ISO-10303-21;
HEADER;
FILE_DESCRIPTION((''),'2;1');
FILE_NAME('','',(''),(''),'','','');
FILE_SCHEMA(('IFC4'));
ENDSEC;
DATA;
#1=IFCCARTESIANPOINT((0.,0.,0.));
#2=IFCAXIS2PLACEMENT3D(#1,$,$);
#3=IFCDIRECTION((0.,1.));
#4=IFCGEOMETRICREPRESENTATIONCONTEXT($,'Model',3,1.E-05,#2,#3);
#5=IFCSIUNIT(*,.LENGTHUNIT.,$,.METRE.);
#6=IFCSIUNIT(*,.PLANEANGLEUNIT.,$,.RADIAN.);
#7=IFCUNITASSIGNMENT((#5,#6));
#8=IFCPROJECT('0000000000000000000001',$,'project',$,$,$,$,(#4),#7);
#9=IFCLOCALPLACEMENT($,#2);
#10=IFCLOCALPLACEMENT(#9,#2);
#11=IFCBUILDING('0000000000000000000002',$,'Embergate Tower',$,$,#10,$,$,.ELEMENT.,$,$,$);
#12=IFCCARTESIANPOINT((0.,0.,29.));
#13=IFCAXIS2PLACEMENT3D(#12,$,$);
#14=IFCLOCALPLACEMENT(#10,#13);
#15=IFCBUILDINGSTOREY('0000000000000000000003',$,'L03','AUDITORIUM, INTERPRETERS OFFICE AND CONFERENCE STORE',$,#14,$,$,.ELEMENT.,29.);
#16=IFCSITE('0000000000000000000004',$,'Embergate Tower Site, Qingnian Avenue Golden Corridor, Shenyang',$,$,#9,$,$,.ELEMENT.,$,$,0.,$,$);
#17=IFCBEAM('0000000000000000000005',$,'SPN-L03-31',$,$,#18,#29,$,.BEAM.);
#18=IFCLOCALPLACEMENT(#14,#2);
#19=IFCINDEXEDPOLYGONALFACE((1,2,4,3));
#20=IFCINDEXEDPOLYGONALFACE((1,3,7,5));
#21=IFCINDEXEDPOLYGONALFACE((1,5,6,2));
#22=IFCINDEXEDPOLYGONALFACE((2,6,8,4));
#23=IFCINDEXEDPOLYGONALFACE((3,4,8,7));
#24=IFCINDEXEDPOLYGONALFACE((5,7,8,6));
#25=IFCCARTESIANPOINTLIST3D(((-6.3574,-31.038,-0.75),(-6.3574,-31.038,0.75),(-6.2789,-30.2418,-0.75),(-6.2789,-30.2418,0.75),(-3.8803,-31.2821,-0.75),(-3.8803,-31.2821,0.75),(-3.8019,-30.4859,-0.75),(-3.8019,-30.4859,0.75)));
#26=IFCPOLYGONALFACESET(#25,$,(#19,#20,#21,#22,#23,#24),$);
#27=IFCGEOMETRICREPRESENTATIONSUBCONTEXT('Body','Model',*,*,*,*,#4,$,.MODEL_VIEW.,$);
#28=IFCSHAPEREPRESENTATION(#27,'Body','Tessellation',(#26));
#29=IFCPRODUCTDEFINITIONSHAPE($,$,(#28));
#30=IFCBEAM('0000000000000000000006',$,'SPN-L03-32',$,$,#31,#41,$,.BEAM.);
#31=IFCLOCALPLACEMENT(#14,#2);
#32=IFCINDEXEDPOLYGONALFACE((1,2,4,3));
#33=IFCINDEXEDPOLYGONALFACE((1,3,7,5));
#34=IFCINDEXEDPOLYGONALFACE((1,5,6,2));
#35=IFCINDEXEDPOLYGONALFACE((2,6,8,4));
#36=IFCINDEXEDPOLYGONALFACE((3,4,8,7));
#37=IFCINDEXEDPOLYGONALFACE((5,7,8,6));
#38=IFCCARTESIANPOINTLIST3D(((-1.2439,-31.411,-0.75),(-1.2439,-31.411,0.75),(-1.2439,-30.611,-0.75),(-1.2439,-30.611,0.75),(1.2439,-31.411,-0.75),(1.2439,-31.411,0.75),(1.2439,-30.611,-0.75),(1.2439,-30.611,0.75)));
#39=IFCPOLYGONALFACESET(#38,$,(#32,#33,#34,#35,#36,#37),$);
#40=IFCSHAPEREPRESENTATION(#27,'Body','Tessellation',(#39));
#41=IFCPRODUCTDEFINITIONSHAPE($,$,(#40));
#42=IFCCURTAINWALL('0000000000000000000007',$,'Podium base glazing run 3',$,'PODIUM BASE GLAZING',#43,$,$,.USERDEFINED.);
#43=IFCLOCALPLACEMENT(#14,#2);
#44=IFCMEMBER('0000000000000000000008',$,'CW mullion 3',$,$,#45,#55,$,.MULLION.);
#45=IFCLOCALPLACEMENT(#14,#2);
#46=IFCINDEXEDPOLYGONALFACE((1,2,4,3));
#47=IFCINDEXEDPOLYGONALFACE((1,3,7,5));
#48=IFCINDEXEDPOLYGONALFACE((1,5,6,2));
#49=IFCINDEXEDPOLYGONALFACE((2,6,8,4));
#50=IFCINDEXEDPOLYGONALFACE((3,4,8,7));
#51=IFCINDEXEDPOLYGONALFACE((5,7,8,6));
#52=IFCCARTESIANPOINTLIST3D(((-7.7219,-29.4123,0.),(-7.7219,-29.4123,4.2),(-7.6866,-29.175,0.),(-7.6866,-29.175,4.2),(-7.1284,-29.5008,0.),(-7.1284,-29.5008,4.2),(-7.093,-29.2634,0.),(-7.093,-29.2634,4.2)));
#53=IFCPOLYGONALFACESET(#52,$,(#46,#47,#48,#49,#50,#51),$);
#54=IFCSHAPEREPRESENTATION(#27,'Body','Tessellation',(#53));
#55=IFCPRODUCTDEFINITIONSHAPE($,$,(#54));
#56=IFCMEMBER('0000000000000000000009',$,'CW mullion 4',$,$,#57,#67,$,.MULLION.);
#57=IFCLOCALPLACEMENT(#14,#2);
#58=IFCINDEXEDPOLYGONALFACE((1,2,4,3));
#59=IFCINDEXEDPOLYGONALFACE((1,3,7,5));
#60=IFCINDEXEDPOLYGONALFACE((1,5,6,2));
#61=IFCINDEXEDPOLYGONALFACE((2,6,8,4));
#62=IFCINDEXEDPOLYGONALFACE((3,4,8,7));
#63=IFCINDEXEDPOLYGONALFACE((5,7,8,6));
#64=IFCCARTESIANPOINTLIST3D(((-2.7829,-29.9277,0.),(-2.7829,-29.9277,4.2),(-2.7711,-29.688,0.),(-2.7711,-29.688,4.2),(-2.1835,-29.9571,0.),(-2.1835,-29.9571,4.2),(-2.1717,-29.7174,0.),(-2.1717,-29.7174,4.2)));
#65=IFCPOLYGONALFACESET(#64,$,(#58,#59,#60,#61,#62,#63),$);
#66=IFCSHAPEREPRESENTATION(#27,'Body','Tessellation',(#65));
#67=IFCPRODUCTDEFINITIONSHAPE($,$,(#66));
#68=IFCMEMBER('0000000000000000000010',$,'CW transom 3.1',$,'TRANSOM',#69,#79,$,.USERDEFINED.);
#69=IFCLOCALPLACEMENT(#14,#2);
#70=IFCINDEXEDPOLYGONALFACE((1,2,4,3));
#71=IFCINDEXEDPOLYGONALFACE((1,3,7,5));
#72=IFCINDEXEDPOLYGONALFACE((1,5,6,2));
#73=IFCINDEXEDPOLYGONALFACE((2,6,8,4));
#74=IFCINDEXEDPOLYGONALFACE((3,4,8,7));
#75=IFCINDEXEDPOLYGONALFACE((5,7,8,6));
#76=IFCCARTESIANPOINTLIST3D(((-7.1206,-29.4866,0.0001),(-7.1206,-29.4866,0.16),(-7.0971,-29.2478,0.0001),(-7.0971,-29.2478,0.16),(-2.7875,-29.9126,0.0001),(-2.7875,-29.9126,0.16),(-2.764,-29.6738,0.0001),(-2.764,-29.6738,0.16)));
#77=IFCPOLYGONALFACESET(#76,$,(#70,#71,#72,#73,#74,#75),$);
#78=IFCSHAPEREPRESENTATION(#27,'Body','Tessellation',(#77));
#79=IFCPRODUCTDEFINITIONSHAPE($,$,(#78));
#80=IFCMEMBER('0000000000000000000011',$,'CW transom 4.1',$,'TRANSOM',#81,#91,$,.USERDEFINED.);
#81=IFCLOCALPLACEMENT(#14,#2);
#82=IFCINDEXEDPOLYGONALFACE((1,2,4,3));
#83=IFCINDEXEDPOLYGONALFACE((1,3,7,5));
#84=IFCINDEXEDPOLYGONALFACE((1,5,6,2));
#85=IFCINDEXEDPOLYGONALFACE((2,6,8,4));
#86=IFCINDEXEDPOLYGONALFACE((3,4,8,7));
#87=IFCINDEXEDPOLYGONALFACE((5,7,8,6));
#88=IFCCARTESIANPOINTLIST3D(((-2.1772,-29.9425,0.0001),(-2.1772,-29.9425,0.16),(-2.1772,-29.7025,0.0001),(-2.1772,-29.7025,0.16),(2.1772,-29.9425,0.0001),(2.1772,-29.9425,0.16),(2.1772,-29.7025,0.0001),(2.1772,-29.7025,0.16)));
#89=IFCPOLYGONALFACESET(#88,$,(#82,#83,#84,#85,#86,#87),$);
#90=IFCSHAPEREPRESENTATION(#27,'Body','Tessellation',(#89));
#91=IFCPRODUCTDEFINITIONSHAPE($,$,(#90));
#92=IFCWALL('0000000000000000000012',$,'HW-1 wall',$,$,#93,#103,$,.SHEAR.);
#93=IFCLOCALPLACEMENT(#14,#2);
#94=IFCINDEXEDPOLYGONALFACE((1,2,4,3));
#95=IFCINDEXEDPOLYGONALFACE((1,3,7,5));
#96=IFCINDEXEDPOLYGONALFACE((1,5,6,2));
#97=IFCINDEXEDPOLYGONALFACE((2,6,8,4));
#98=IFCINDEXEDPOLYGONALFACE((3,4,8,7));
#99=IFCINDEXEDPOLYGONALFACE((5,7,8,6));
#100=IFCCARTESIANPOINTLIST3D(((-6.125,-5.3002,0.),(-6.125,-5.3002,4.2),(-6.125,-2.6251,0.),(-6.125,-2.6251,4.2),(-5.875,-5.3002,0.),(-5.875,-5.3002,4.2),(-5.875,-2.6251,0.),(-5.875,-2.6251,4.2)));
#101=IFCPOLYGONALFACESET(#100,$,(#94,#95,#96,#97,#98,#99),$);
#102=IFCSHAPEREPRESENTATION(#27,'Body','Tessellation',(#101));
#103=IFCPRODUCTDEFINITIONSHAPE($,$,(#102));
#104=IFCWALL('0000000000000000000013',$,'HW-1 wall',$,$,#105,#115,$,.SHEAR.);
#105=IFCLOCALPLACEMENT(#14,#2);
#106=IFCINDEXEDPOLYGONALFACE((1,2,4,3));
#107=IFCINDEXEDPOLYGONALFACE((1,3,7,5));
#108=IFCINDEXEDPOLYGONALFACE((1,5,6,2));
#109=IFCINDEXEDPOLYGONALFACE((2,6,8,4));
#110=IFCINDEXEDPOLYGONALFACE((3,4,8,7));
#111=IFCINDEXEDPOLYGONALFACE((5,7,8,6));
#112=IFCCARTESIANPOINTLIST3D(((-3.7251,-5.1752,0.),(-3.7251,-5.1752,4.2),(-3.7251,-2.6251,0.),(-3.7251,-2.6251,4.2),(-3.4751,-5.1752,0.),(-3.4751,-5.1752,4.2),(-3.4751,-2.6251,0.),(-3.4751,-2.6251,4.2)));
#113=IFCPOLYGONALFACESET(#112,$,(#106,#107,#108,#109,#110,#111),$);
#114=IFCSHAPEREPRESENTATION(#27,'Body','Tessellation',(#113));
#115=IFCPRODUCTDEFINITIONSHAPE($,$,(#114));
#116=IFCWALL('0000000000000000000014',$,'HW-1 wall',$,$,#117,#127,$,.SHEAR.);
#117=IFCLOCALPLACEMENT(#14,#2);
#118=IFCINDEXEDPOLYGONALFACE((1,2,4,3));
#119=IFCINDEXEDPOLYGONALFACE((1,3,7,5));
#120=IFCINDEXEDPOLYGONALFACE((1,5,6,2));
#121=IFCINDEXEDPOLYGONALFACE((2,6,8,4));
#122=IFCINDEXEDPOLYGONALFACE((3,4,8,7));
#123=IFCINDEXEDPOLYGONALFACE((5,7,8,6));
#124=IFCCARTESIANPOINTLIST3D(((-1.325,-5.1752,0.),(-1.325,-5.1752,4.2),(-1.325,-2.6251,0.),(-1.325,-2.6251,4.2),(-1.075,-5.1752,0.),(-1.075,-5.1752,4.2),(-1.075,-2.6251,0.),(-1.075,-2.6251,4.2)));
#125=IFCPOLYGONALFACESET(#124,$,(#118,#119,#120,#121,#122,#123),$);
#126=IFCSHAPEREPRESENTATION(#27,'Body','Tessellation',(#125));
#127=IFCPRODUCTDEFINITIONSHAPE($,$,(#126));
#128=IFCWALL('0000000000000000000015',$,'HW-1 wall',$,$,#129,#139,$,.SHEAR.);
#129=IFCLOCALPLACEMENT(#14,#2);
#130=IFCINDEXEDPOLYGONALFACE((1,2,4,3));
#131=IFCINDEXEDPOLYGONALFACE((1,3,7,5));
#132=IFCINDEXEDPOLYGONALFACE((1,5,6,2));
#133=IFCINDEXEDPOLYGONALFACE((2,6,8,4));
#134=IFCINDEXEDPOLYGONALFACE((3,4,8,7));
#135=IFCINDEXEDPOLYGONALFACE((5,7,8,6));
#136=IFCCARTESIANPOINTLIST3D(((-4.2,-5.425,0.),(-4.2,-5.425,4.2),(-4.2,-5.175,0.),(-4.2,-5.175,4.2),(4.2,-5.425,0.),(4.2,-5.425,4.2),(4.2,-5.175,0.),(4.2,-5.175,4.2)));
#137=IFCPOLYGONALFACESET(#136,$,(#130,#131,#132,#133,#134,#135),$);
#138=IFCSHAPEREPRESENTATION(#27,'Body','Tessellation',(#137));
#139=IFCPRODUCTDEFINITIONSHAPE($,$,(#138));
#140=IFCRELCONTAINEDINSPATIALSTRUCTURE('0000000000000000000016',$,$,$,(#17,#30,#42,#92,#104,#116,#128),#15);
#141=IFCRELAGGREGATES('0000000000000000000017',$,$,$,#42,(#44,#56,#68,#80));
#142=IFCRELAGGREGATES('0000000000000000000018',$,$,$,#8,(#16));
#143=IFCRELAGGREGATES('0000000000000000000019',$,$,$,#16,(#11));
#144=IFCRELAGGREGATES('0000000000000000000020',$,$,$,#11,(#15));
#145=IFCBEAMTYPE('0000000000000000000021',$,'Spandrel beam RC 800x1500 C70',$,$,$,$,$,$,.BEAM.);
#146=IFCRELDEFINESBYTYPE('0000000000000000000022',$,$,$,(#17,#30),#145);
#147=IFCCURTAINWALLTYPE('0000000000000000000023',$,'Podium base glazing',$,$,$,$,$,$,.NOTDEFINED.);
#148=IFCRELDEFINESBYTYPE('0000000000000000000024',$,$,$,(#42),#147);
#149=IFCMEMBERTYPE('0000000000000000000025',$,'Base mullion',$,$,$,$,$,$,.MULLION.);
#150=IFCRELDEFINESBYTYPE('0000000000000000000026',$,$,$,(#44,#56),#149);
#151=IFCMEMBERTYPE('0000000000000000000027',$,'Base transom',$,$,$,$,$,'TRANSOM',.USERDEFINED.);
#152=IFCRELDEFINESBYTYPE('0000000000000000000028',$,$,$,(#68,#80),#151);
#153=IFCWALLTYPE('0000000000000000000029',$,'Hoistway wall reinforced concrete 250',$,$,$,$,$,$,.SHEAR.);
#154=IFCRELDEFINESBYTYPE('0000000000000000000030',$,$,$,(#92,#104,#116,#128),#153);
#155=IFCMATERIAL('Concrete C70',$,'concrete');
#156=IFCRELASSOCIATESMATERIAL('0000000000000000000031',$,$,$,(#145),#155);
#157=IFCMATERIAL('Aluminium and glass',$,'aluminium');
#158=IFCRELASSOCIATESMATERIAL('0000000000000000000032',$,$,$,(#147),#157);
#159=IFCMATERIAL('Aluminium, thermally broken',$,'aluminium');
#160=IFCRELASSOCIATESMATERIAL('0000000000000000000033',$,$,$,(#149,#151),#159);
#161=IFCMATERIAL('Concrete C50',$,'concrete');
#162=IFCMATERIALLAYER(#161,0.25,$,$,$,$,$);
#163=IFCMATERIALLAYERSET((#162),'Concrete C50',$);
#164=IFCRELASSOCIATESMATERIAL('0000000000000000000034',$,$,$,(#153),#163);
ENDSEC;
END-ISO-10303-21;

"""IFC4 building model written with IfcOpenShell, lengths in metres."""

from ifc_helpers import new_model, si_unit, direction, frame, frame_2d, origin, origin_2d, place, context, subcontext, project, spatial, rectangle, extrude, source, transform, mapped, material, layer, layer_set, material_profile, profile_set, type_object, element, aggregate, save


model = new_model("IFC4")

# Units and contexts
model_context = context("Model", 3, precision=1e-05, world=origin(), true_north=direction((0.0, 1.0)))
body_context = subcontext(model_context, "Body", "Model", "MODEL_VIEW")
ifc_project = project(units=[si_unit("LENGTHUNIT", "METRE"), si_unit("PLANEANGLEUNIT", "RADIAN")], contexts=[model_context])

# Site, building, storey
site_placement = place(None, origin())
site = spatial("IfcSite", under=ifc_project, at=site_placement, Name="Embergate Tower Site, Qingnian Avenue Golden Corridor, Shenyang", CompositionType="ELEMENT", RefElevation=0.0)
building_placement = place(site_placement, origin())
building = spatial("IfcBuilding", under=site, at=building_placement, Name="Embergate Tower", CompositionType="ELEMENT")
storey_placement = place(building_placement, frame((0.0, 0.0, 29.0)))
storey = spatial("IfcBuildingStorey", under=building, at=storey_placement, Name="L03", Description="AUDITORIUM, INTERPRETERS OFFICE AND CONFERENCE STORE", CompositionType="ELEMENT", Elevation=29.0)

# Beams
ifc_material_1 = material(Name="Concrete C70", Category="concrete")
ifc_material_profile_1 = material_profile(ifc_material_1, rectangle(XDim=0.8, YDim=1.5, at=origin_2d()), Name="RC 800x1500")
ifc_profile_set_1 = profile_set([ifc_material_profile_1], Name="Concrete C70")
beam_type = type_object("IfcBeamType", Name="Spandrel beam RC 800x1500 C70", PredefinedType="BEAM", material=ifc_profile_set_1)
shared_shape_1 = source(origin(), body_context, "Body", "SweptSolid", [
    extrude(rectangle(XDim=0.8, YDim=1.5, at=origin_2d()), origin(), (0.0, 0.0, 1.0), 2.489),
])
beam_1_placement = place(storey_placement, frame((-6.3181, -30.6399, 0.0), z_axis=(0.995178, -0.098086, 0.0), x_axis=(0.098086, 0.995178, 0.0)))
element("IfcBeam", 1, at=beam_1_placement, inside=storey, type_object=beam_type, Name="SPN-L03-31", PredefinedType="BEAM", context=body_context, shape_type="MappedRepresentation", body=[
    mapped(shared_shape_1, transform((0.0, 0.0, 0.0))),
])
shared_shape_2 = source(origin(), body_context, "Body", "SweptSolid", [
    extrude(rectangle(XDim=0.8, YDim=1.5, at=origin_2d()), origin(), (0.0, 0.0, 1.0), 2.4878),
])
beam_2_placement = place(storey_placement, frame((-1.2439, -31.011, 0.0), z_axis=(1.0, 0.0, 0.0), x_axis=(0.0, 1.0, 0.0)))
element("IfcBeam", 2, at=beam_2_placement, inside=storey, type_object=beam_type, Name="SPN-L03-32", PredefinedType="BEAM", context=body_context, shape_type="MappedRepresentation", body=[
    mapped(shared_shape_2, transform((0.0, 0.0, 0.0))),
])

# Curtain wall, members
ifc_material_2 = material(Name="Aluminium and glass", Category="aluminium")
curtain_wall_type = type_object("IfcCurtainWallType", Name="Podium base glazing", PredefinedType="NOTDEFINED", material=ifc_material_2)
curtain_wall_placement = place(storey_placement, origin())
curtain_wall = element("IfcCurtainWall", 3, at=curtain_wall_placement, inside=storey, type_object=curtain_wall_type, Name="Podium base glazing run 3", ObjectType="PODIUM BASE GLAZING", PredefinedType="USERDEFINED")
ifc_material_3 = material(Name="Aluminium, thermally broken", Category="aluminium")
ifc_material_profile_2 = material_profile(ifc_material_3, rectangle(XDim=0.24, YDim=0.6001, at=origin_2d()), Name="AL 600x240")
ifc_profile_set_2 = profile_set([ifc_material_profile_2], Name="Aluminium, thermally broken")
member_type_1 = type_object("IfcMemberType", Name="Base mullion", PredefinedType="MULLION", material=ifc_profile_set_2)
shared_shape_3 = source(origin(), body_context, "Body", "SweptSolid", [
    extrude(rectangle(XDim=0.24, YDim=0.6001, at=origin_2d()), origin(), (0.0, 0.0, 1.0), 4.2),
])
member_1_placement = place(storey_placement, frame((-7.4075, -29.3379, 0.0), z_axis=(0.0, 0.0, 1.0), x_axis=(0.147416, 0.989075, 0.0)))
member_1 = element("IfcMember", 4, at=member_1_placement, type_object=member_type_1, Name="CW mullion 3", PredefinedType="MULLION", context=body_context, shape_type="MappedRepresentation", body=[
    mapped(shared_shape_3, transform((0.0, 0.0, 0.0))),
])
member_2_placement = place(storey_placement, frame((-2.4773, -29.8225, 0.0), z_axis=(0.0, 0.0, 1.0), x_axis=(0.048972, 0.9988, 0.0)))
member_2 = element("IfcMember", 5, at=member_2_placement, type_object=member_type_1, Name="CW mullion 4", PredefinedType="MULLION", context=body_context, shape_type="MappedRepresentation", body=[
    mapped(shared_shape_3, transform((0.0, 0.0, 0.0))),
])
ifc_material_profile_3 = material_profile(ifc_material_3, rectangle(XDim=0.24, YDim=0.1599, at=origin_2d()), Name="AL 160x240")
ifc_profile_set_3 = profile_set([ifc_material_profile_3], Name="Aluminium, thermally broken")
member_type_2 = type_object("IfcMemberType", Name="Base transom", ElementType="TRANSOM", PredefinedType="USERDEFINED", material=ifc_profile_set_3)
shared_shape_4 = source(origin(), body_context, "Body", "SweptSolid", [
    extrude(rectangle(XDim=0.24, YDim=0.1599, at=origin_2d()), origin(), (0.0, 0.0, 1.0), 4.354),
])
member_3_placement = place(storey_placement, frame((-7.1089, -29.3672, 0.0801), z_axis=(0.995201, -0.097849, 0.0), x_axis=(0.097849, 0.995201, 0.0)))
member_3 = element("IfcMember", 6, at=member_3_placement, type_object=member_type_2, Name="CW transom 3.1", ObjectType="TRANSOM", PredefinedType="USERDEFINED", context=body_context, shape_type="MappedRepresentation", body=[
    mapped(shared_shape_4, transform((0.0, 0.0, 0.0))),
])
shared_shape_5 = source(origin(), body_context, "Body", "SweptSolid", [
    extrude(rectangle(XDim=0.24, YDim=0.1599, at=origin_2d()), origin(), (0.0, 0.0, 1.0), 4.3545),
])
member_4_placement = place(storey_placement, frame((-2.1772, -29.8225, 0.0801), z_axis=(1.0, 0.0, 0.0), x_axis=(0.0, 1.0, 0.0)))
member_4 = element("IfcMember", 7, at=member_4_placement, type_object=member_type_2, Name="CW transom 4.1", ObjectType="TRANSOM", PredefinedType="USERDEFINED", context=body_context, shape_type="MappedRepresentation", body=[
    mapped(shared_shape_5, transform((0.0, 0.0, 0.0))),
])
aggregate(curtain_wall, [member_1, member_2, member_3, member_4])

# Walls
ifc_material_4 = material(Name="Concrete C50", Category="concrete")
ifc_layer_1 = layer(ifc_material_4, 0.25)
ifc_layer_set_1 = layer_set([ifc_layer_1], Name="Concrete C50")
wall_type_1 = type_object("IfcWallType", Name="Hoistway wall reinforced concrete 250", PredefinedType="SHEAR", material=ifc_layer_set_1)
shared_shape_6 = source(origin(), body_context, "Body", "SweptSolid", [
    extrude(rectangle(XDim=2.675, YDim=0.25, at=frame_2d((1.3374, 0.0))), origin(), (0.0, 0.0, 1.0), 4.2),
])
wall_1_placement = place(storey_placement, frame((-6.0, -5.3, 0.0), z_axis=(0.0, 0.0, 1.0), x_axis=(0.0, 1.0, 0.0)))
element("IfcWall", 8, at=wall_1_placement, inside=storey, type_object=wall_type_1, Name="HW-1 wall", PredefinedType="SHEAR", context=body_context, shape_type="MappedRepresentation", body=[
    mapped(shared_shape_6, transform((0.0, 0.0, 0.0))),
])
shared_shape_7 = source(origin(), body_context, "Body", "SweptSolid", [
    extrude(rectangle(XDim=2.55, YDim=0.25, at=frame_2d((1.2749, 0.0))), origin(), (0.0, 0.0, 1.0), 4.2),
])
for number, where, z_axis, x_axis, name in (
    (9, (-3.6001, -5.175, 0.0), (0.0, 0.0, 1.0), (0.0, 1.0, 0.0), "HW-1 wall"),
    (10, (-1.2, -5.175, 0.0), (0.0, 0.0, 1.0), (0.0, 1.0, 0.0), "HW-1 wall"),
):
    element("IfcWall", number, at=place(storey_placement, frame(where, z_axis=z_axis, x_axis=x_axis)), inside=storey, type_object=wall_type_1, Name=name, PredefinedType="SHEAR", context=body_context, shape_type="MappedRepresentation", body=[
        mapped(shared_shape_7, transform((0.0, 0.0, 0.0))),
    ])
shared_shape_8 = source(origin(), body_context, "Body", "SweptSolid", [
    extrude(rectangle(XDim=8.3999, YDim=0.25, at=frame_2d((4.2, 0.0))), origin(), (0.0, 0.0, 1.0), 4.2),
])
wall_2_placement = place(storey_placement, frame((-4.2, -5.3, 0.0), z_axis=(0.0, 0.0, 1.0), x_axis=(1.0, 0.0, 0.0)))
element("IfcWall", 11, at=wall_2_placement, inside=storey, type_object=wall_type_1, Name="HW-1 wall", PredefinedType="SHEAR", context=body_context, shape_type="MappedRepresentation", body=[
    mapped(shared_shape_8, transform((0.0, 0.0, 0.0))),
])

save(model, "model.ifc")
